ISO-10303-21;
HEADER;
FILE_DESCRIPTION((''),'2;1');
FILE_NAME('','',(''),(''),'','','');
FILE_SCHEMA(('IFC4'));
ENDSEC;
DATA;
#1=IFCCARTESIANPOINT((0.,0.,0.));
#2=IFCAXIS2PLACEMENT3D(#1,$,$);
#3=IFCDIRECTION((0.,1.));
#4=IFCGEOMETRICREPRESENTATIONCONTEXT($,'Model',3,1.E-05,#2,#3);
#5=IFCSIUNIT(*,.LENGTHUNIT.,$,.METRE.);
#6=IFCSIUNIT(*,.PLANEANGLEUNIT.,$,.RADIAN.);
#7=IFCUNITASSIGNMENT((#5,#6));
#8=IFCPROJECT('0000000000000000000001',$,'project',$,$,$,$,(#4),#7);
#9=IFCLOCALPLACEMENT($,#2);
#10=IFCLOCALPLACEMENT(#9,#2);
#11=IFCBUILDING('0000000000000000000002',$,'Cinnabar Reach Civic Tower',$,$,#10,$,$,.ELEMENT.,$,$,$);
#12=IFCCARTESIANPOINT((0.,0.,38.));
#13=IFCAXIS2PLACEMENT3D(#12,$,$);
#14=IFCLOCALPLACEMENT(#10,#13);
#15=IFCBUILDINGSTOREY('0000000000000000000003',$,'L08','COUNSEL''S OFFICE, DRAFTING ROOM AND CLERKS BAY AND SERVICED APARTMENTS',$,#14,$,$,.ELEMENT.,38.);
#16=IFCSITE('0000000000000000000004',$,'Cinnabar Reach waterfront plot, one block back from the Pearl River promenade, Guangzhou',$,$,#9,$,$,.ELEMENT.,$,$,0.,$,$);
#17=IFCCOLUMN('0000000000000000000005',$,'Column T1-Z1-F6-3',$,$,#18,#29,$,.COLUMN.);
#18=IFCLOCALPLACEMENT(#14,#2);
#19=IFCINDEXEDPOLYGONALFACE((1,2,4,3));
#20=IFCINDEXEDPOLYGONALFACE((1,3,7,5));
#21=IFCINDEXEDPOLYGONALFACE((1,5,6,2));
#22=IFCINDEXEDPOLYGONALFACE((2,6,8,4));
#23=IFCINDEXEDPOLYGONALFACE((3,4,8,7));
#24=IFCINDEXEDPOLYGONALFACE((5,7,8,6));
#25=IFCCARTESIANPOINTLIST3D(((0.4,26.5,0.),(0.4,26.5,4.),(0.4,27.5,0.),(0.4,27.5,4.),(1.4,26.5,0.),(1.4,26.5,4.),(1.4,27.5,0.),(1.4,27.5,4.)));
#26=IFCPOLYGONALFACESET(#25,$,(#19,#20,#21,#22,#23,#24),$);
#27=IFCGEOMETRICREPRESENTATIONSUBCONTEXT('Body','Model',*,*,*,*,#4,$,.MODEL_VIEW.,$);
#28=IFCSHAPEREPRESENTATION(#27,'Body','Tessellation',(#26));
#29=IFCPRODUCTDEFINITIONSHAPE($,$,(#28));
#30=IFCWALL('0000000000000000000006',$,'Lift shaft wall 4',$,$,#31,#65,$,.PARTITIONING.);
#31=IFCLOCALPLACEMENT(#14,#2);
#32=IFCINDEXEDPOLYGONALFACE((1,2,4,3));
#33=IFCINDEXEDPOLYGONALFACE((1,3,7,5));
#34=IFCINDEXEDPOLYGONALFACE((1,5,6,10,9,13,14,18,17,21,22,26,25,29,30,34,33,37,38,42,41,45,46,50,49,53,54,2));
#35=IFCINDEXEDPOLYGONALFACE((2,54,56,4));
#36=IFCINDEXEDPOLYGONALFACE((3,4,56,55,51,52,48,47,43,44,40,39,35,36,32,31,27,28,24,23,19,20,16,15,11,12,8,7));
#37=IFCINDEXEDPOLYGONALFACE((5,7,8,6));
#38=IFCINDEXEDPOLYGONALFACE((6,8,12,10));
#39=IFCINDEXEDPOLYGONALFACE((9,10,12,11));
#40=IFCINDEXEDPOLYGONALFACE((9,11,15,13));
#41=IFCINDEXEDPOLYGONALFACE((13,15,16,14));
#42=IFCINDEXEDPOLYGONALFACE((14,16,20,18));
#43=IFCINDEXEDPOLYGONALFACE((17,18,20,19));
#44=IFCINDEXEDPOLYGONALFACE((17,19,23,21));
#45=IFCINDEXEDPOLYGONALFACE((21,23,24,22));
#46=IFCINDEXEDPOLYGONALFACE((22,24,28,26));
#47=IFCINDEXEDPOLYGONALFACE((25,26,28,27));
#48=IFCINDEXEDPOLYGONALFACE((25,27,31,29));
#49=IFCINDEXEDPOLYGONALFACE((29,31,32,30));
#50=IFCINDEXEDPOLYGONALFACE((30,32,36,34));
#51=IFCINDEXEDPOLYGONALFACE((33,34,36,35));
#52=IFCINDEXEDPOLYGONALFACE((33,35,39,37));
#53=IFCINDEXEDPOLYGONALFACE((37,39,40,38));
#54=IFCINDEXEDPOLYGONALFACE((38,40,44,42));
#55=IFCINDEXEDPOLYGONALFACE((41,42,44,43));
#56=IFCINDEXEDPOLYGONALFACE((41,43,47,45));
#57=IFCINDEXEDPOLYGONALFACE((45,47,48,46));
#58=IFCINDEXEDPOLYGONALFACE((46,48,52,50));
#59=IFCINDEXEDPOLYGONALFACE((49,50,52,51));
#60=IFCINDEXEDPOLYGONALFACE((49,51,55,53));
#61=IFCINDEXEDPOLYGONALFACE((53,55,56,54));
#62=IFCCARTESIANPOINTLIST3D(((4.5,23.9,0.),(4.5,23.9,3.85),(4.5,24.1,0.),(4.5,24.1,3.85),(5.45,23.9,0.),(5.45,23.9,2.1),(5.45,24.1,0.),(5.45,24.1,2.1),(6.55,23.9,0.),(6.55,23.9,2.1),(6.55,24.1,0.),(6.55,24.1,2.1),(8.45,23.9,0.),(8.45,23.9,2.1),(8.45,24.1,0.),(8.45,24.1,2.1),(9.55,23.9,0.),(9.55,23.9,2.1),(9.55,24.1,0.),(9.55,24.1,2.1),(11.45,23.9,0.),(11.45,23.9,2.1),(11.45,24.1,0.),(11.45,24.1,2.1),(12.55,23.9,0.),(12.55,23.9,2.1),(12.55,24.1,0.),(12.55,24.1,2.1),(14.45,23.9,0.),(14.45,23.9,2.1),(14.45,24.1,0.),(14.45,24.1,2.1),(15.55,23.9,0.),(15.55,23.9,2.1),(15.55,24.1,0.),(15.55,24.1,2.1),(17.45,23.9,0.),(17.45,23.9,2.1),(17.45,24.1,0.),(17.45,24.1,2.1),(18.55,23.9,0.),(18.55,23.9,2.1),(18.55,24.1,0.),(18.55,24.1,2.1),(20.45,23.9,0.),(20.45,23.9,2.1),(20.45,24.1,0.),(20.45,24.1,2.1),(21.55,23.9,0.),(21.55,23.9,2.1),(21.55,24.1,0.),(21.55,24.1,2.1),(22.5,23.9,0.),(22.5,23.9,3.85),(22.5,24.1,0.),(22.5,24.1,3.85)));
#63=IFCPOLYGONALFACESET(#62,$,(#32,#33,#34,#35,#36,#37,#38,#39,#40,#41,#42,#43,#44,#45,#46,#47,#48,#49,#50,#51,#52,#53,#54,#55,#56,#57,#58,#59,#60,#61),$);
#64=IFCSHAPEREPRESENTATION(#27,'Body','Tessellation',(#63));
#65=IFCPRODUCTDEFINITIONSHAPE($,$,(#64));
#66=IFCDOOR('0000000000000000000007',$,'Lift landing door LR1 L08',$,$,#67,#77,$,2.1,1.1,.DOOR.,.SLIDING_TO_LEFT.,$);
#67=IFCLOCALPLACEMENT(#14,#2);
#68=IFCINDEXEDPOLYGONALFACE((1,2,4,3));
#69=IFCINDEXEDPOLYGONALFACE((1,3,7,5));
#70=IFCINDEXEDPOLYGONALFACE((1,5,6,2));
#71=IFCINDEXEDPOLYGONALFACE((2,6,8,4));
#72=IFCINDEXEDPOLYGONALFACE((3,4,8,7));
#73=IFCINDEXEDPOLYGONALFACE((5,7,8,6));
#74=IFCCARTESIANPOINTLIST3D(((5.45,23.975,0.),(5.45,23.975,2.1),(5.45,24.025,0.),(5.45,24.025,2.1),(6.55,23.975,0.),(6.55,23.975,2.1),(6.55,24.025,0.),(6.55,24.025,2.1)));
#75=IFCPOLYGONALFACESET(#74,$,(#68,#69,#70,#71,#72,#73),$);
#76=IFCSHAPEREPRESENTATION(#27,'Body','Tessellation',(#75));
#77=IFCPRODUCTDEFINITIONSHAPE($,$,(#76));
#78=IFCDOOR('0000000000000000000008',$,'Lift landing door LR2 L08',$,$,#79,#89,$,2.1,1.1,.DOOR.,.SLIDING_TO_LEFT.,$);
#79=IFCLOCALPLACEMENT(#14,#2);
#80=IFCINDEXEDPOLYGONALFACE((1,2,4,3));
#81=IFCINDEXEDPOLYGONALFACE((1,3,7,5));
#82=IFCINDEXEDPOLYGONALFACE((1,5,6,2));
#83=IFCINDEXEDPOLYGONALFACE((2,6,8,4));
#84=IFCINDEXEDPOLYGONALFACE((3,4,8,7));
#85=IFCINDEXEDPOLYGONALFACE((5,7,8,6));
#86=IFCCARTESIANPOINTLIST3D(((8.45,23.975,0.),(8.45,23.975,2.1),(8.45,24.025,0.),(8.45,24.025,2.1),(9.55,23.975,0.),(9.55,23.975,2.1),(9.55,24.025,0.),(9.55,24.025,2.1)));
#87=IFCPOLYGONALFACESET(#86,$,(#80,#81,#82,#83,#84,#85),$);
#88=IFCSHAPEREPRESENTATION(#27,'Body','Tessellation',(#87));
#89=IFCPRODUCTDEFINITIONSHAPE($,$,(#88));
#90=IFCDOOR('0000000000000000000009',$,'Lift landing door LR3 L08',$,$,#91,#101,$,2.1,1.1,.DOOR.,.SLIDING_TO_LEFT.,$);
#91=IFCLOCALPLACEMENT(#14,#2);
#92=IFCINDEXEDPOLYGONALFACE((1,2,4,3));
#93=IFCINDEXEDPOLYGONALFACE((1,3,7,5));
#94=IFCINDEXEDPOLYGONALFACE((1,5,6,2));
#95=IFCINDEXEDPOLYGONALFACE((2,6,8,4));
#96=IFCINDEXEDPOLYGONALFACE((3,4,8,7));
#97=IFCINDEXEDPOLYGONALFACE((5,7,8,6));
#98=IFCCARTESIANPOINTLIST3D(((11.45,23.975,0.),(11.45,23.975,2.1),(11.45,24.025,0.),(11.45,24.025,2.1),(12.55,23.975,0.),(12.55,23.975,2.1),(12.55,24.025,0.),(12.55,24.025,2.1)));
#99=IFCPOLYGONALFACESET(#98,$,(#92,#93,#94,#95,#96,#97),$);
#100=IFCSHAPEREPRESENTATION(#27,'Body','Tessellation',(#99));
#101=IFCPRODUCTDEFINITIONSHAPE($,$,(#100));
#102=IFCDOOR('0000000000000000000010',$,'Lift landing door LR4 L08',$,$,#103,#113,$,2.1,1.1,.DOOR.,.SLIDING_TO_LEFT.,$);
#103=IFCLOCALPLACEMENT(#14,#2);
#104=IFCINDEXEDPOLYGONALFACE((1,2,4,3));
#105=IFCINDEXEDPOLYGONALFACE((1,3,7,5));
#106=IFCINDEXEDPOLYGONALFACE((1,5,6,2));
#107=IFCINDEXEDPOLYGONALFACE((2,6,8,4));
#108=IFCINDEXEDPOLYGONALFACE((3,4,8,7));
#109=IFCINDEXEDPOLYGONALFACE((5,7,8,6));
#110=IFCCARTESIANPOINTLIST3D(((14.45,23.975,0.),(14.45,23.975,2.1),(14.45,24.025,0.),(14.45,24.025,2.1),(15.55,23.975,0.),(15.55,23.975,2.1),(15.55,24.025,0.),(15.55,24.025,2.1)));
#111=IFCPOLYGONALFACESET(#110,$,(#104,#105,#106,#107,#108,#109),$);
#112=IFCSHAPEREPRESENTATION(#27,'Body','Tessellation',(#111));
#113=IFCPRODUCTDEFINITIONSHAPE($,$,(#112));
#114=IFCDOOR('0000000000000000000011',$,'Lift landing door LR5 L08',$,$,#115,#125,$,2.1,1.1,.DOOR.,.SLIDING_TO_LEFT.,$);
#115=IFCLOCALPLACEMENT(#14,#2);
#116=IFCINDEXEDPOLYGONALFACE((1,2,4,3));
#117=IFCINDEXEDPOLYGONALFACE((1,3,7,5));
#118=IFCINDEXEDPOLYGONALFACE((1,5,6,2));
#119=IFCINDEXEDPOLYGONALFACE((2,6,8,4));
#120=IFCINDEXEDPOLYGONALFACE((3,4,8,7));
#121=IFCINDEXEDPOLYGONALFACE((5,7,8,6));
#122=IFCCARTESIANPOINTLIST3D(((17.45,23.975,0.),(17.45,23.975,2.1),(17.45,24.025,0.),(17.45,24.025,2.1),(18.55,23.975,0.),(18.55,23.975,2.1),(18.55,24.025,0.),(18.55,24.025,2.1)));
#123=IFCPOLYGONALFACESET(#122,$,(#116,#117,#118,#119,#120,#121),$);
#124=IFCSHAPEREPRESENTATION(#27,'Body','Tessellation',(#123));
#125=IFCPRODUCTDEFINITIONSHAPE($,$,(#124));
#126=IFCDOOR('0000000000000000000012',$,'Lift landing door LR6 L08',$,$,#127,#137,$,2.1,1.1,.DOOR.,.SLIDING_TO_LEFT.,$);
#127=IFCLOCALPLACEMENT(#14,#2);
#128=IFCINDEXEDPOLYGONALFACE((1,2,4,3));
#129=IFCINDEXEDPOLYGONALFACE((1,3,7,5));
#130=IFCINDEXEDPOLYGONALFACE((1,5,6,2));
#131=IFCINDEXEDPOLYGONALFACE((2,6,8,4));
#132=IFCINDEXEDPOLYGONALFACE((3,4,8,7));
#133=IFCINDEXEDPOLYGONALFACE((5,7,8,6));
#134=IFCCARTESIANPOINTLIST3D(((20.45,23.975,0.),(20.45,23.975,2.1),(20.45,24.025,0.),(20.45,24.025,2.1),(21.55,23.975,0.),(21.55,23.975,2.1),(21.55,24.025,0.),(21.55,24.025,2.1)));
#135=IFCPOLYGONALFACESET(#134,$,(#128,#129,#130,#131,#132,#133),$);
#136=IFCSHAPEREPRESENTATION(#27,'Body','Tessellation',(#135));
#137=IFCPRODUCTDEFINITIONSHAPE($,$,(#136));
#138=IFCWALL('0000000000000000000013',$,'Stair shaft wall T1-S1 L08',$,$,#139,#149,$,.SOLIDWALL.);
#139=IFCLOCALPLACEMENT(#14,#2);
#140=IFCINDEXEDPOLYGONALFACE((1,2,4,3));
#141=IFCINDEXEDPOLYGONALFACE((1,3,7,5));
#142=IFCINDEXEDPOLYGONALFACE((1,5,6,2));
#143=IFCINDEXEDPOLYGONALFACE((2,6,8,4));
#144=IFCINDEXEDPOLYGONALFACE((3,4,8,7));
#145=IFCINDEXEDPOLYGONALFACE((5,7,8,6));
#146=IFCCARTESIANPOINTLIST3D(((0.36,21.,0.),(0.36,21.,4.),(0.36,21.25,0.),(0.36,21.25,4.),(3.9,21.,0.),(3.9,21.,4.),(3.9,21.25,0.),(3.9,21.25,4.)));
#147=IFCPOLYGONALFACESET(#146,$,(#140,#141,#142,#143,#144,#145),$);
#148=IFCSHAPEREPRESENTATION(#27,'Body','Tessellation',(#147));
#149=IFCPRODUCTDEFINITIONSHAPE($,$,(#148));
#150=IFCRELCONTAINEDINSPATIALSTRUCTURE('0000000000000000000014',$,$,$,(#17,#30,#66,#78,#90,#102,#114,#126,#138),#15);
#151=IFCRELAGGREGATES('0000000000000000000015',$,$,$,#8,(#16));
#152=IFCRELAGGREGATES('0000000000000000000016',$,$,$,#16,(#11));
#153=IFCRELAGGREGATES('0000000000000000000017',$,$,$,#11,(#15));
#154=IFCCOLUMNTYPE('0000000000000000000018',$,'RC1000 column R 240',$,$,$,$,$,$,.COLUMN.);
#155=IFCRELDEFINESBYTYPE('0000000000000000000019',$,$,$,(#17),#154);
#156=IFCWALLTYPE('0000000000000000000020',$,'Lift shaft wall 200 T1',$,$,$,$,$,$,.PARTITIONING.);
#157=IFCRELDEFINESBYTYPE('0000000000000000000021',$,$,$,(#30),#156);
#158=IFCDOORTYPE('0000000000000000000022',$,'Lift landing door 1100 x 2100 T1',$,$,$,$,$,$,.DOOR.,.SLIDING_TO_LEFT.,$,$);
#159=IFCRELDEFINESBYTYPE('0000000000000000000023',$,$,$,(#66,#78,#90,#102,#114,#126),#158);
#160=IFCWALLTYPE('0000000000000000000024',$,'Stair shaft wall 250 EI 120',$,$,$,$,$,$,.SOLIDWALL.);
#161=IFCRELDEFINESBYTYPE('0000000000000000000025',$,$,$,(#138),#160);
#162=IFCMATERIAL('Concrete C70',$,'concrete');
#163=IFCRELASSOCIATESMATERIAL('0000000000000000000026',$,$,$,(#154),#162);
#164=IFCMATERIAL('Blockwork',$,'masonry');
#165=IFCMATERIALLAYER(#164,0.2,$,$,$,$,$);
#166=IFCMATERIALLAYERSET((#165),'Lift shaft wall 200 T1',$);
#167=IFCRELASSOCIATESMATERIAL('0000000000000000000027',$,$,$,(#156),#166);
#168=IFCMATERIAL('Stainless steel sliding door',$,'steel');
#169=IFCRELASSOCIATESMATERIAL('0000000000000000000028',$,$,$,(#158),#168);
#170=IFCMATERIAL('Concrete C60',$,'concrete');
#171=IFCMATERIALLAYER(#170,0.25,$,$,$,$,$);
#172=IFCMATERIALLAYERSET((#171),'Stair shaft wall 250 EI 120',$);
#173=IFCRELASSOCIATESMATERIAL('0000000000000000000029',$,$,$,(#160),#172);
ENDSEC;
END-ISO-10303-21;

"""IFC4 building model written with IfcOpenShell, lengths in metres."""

from ifc_helpers import new_model, si_unit, direction, frame, frame_2d, origin, origin_2d, place, context, subcontext, project, spatial, rectangle, extrude, material, layer, layer_set, material_profile, profile_set, type_object, element, fill, save


model = new_model("IFC4")

# Units and contexts
model_context = context("Model", 3, precision=1e-05, world=origin(), true_north=direction((0.0, 1.0)))
body_context = subcontext(model_context, "Body", "Model", "MODEL_VIEW")
ifc_project = project(units=[si_unit("LENGTHUNIT", "METRE"), si_unit("PLANEANGLEUNIT", "RADIAN")], contexts=[model_context])

# Site, building, storey
site_placement = place(None, origin())
site = spatial("IfcSite", under=ifc_project, at=site_placement, Name="Cinnabar Reach waterfront plot, one block back from the Pearl River promenade, Guangzhou", CompositionType="ELEMENT", RefElevation=0.0)
building_placement = place(site_placement, origin())
building = spatial("IfcBuilding", under=site, at=building_placement, Name="Cinnabar Reach Civic Tower", CompositionType="ELEMENT")
storey_placement = place(building_placement, frame((0.0, 0.0, 38.0)))
storey = spatial("IfcBuildingStorey", under=building, at=storey_placement, Name="L08", Description="COUNSEL'S OFFICE, DRAFTING ROOM AND CLERKS BAY AND SERVICED APARTMENTS", CompositionType="ELEMENT", Elevation=38.0)

# Column
ifc_material_1 = material(Name="Concrete C70", Category="concrete")
ifc_material_profile = material_profile(ifc_material_1, rectangle(XDim=1.0, YDim=1.0, at=origin_2d()), Name="RC1000")
ifc_profile_set = profile_set([ifc_material_profile], Name="Concrete C70")
column_type = type_object("IfcColumnType", Name="RC1000 column R 240", PredefinedType="COLUMN", material=ifc_profile_set)
column_placement = place(storey_placement, frame((0.9, 27.0, 0.0), z_axis=(0.0, 0.0, 1.0), x_axis=(1.0, 0.0, 0.0)))
element("IfcColumn", 1, at=column_placement, inside=storey, type_object=column_type, Name="Column T1-Z1-F6-3", PredefinedType="COLUMN", context=body_context, shape_type="SweptSolid", body=[
    extrude(rectangle(XDim=1.0, YDim=1.0, at=origin_2d()), origin(), (0.0, 0.0, 1.0), 4.0),
])

# Wall, openings, doors
ifc_material_2 = material(Name="Blockwork", Category="masonry")
ifc_layer_1 = layer(ifc_material_2, 0.2)
ifc_layer_set_1 = layer_set([ifc_layer_1], Name="Lift shaft wall 200 T1")
wall_type_1 = type_object("IfcWallType", Name="Lift shaft wall 200 T1", PredefinedType="PARTITIONING", material=ifc_layer_set_1)
wall_1_placement = place(storey_placement, frame((4.5, 24.0, 0.0), z_axis=(0.0, 0.0, 1.0), x_axis=(1.0, 0.0, 0.0)))
wall_1 = element("IfcWall", 2, at=wall_1_placement, inside=storey, type_object=wall_type_1, Name="Lift shaft wall 4", PredefinedType="PARTITIONING", context=body_context, shape_type="SweptSolid", body=[
    extrude(rectangle(XDim=18.0, YDim=0.2, at=frame_2d((9.0, 0.0))), origin(), (0.0, 0.0, 1.0), 3.85),
])
opening_1_placement = place(wall_1_placement, frame((0.95, 0.0, 0.0)))
opening_1 = element("IfcOpeningElement", 3, at=opening_1_placement, cuts=wall_1, PredefinedType="OPENING", context=body_context, shape_type="SweptSolid", body=[
    extrude(rectangle(XDim=1.1, YDim=2.1, at=frame_2d((0.55, 1.05))), frame((0.0, 0.11, 0.0), z_axis=(0.0, -1.0, 0.0), x_axis=(1.0, 0.0, 0.0)), (0.0, 0.0, 1.0), 0.22),
])
opening_2_placement = place(wall_1_placement, frame((3.95, 0.0, 0.0)))
opening_2 = element("IfcOpeningElement", 4, at=opening_2_placement, cuts=wall_1, PredefinedType="OPENING", context=body_context, shape_type="SweptSolid", body=[
    extrude(rectangle(XDim=1.1, YDim=2.1, at=frame_2d((0.55, 1.05))), frame((0.0, 0.11, 0.0), z_axis=(0.0, -1.0, 0.0), x_axis=(1.0, 0.0, 0.0)), (0.0, 0.0, 1.0), 0.22),
])
opening_3_placement = place(wall_1_placement, frame((6.95, 0.0, 0.0)))
opening_3 = element("IfcOpeningElement", 5, at=opening_3_placement, cuts=wall_1, PredefinedType="OPENING", context=body_context, shape_type="SweptSolid", body=[
    extrude(rectangle(XDim=1.1, YDim=2.1, at=frame_2d((0.55, 1.05))), frame((0.0, 0.11, 0.0), z_axis=(0.0, -1.0, 0.0), x_axis=(1.0, 0.0, 0.0)), (0.0, 0.0, 1.0), 0.22),
])
opening_4_placement = place(wall_1_placement, frame((9.95, 0.0, 0.0)))
opening_4 = element("IfcOpeningElement", 6, at=opening_4_placement, cuts=wall_1, PredefinedType="OPENING", context=body_context, shape_type="SweptSolid", body=[
    extrude(rectangle(XDim=1.1, YDim=2.1, at=frame_2d((0.55, 1.05))), frame((0.0, 0.11, 0.0), z_axis=(0.0, -1.0, 0.0), x_axis=(1.0, 0.0, 0.0)), (0.0, 0.0, 1.0), 0.22),
])
opening_5_placement = place(wall_1_placement, frame((12.95, 0.0, 0.0)))
opening_5 = element("IfcOpeningElement", 7, at=opening_5_placement, cuts=wall_1, PredefinedType="OPENING", context=body_context, shape_type="SweptSolid", body=[
    extrude(rectangle(XDim=1.1, YDim=2.1, at=frame_2d((0.55, 1.05))), frame((0.0, 0.11, 0.0), z_axis=(0.0, -1.0, 0.0), x_axis=(1.0, 0.0, 0.0)), (0.0, 0.0, 1.0), 0.22),
])
opening_6_placement = place(wall_1_placement, frame((15.95, 0.0, 0.0)))
opening_6 = element("IfcOpeningElement", 8, at=opening_6_placement, cuts=wall_1, PredefinedType="OPENING", context=body_context, shape_type="SweptSolid", body=[
    extrude(rectangle(XDim=1.1, YDim=2.1, at=frame_2d((0.55, 1.05))), frame((0.0, 0.11, 0.0), z_axis=(0.0, -1.0, 0.0), x_axis=(1.0, 0.0, 0.0)), (0.0, 0.0, 1.0), 0.22),
])
ifc_material_3 = material(Name="Stainless steel sliding door", Category="steel")
door_type_1 = type_object("IfcDoorType", Name="Lift landing door 1100 x 2100 T1", OperationType="SLIDING_TO_LEFT", PredefinedType="DOOR", material=ifc_material_3)
door_1_placement = place(opening_1_placement, origin())
door_1 = element("IfcDoor", 9, at=door_1_placement, inside=storey, type_object=door_type_1, Name="Lift landing door LR1 L08", OperationType="SLIDING_TO_LEFT", OverallHeight=2.1, OverallWidth=1.1, PredefinedType="DOOR", context=body_context, shape_type="SweptSolid", body=[
    extrude(rectangle(XDim=1.1, YDim=2.1, at=frame_2d((0.55, 1.05))), frame((0.0, 0.025, 0.0), z_axis=(0.0, -1.0, 0.0), x_axis=(1.0, 0.0, 0.0)), (0.0, 0.0, 1.0), 0.05),
])
fill(opening_1, door_1)
door_2_placement = place(opening_2_placement, origin())
door_2 = element("IfcDoor", 10, at=door_2_placement, inside=storey, type_object=door_type_1, Name="Lift landing door LR2 L08", OperationType="SLIDING_TO_LEFT", OverallHeight=2.1, OverallWidth=1.1, PredefinedType="DOOR", context=body_context, shape_type="SweptSolid", body=[
    extrude(rectangle(XDim=1.1, YDim=2.1, at=frame_2d((0.55, 1.05))), frame((0.0, 0.025, 0.0), z_axis=(0.0, -1.0, 0.0), x_axis=(1.0, 0.0, 0.0)), (0.0, 0.0, 1.0), 0.05),
])
fill(opening_2, door_2)
door_3_placement = place(opening_3_placement, origin())
door_3 = element("IfcDoor", 11, at=door_3_placement, inside=storey, type_object=door_type_1, Name="Lift landing door LR3 L08", OperationType="SLIDING_TO_LEFT", OverallHeight=2.1, OverallWidth=1.1, PredefinedType="DOOR", context=body_context, shape_type="SweptSolid", body=[
    extrude(rectangle(XDim=1.1, YDim=2.1, at=frame_2d((0.55, 1.05))), frame((0.0, 0.025, 0.0), z_axis=(0.0, -1.0, 0.0), x_axis=(1.0, 0.0, 0.0)), (0.0, 0.0, 1.0), 0.05),
])
fill(opening_3, door_3)
door_4_placement = place(opening_4_placement, origin())
door_4 = element("IfcDoor", 12, at=door_4_placement, inside=storey, type_object=door_type_1, Name="Lift landing door LR4 L08", OperationType="SLIDING_TO_LEFT", OverallHeight=2.1, OverallWidth=1.1, PredefinedType="DOOR", context=body_context, shape_type="SweptSolid", body=[
    extrude(rectangle(XDim=1.1, YDim=2.1, at=frame_2d((0.55, 1.05))), frame((0.0, 0.025, 0.0), z_axis=(0.0, -1.0, 0.0), x_axis=(1.0, 0.0, 0.0)), (0.0, 0.0, 1.0), 0.05),
])
fill(opening_4, door_4)
door_5_placement = place(opening_5_placement, origin())
door_5 = element("IfcDoor", 13, at=door_5_placement, inside=storey, type_object=door_type_1, Name="Lift landing door LR5 L08", OperationType="SLIDING_TO_LEFT", OverallHeight=2.1, OverallWidth=1.1, PredefinedType="DOOR", context=body_context, shape_type="SweptSolid", body=[
    extrude(rectangle(XDim=1.1, YDim=2.1, at=frame_2d((0.55, 1.05))), frame((0.0, 0.025, 0.0), z_axis=(0.0, -1.0, 0.0), x_axis=(1.0, 0.0, 0.0)), (0.0, 0.0, 1.0), 0.05),
])
fill(opening_5, door_5)
door_6_placement = place(opening_6_placement, origin())
door_6 = element("IfcDoor", 14, at=door_6_placement, inside=storey, type_object=door_type_1, Name="Lift landing door LR6 L08", OperationType="SLIDING_TO_LEFT", OverallHeight=2.1, OverallWidth=1.1, PredefinedType="DOOR", context=body_context, shape_type="SweptSolid", body=[
    extrude(rectangle(XDim=1.1, YDim=2.1, at=frame_2d((0.55, 1.05))), frame((0.0, 0.025, 0.0), z_axis=(0.0, -1.0, 0.0), x_axis=(1.0, 0.0, 0.0)), (0.0, 0.0, 1.0), 0.05),
])
fill(opening_6, door_6)

# Wall
ifc_material_4 = material(Name="Concrete C60", Category="concrete")
ifc_layer_2 = layer(ifc_material_4, 0.25)
ifc_layer_set_2 = layer_set([ifc_layer_2], Name="Stair shaft wall 250 EI 120")
wall_type_2 = type_object("IfcWallType", Name="Stair shaft wall 250 EI 120", PredefinedType="SOLIDWALL", material=ifc_layer_set_2)
wall_2_placement = place(storey_placement, frame((0.36, 21.125, 0.0), z_axis=(0.0, 0.0, 1.0), x_axis=(1.0, 0.0, 0.0)))
element("IfcWall", 15, at=wall_2_placement, inside=storey, type_object=wall_type_2, Name="Stair shaft wall T1-S1 L08", PredefinedType="SOLIDWALL", context=body_context, shape_type="SweptSolid", body=[
    extrude(rectangle(XDim=3.54, YDim=0.25, at=frame_2d((1.77, 0.0))), origin(), (0.0, 0.0, 1.0), 4.0),
])

save(model, "model.ifc")
